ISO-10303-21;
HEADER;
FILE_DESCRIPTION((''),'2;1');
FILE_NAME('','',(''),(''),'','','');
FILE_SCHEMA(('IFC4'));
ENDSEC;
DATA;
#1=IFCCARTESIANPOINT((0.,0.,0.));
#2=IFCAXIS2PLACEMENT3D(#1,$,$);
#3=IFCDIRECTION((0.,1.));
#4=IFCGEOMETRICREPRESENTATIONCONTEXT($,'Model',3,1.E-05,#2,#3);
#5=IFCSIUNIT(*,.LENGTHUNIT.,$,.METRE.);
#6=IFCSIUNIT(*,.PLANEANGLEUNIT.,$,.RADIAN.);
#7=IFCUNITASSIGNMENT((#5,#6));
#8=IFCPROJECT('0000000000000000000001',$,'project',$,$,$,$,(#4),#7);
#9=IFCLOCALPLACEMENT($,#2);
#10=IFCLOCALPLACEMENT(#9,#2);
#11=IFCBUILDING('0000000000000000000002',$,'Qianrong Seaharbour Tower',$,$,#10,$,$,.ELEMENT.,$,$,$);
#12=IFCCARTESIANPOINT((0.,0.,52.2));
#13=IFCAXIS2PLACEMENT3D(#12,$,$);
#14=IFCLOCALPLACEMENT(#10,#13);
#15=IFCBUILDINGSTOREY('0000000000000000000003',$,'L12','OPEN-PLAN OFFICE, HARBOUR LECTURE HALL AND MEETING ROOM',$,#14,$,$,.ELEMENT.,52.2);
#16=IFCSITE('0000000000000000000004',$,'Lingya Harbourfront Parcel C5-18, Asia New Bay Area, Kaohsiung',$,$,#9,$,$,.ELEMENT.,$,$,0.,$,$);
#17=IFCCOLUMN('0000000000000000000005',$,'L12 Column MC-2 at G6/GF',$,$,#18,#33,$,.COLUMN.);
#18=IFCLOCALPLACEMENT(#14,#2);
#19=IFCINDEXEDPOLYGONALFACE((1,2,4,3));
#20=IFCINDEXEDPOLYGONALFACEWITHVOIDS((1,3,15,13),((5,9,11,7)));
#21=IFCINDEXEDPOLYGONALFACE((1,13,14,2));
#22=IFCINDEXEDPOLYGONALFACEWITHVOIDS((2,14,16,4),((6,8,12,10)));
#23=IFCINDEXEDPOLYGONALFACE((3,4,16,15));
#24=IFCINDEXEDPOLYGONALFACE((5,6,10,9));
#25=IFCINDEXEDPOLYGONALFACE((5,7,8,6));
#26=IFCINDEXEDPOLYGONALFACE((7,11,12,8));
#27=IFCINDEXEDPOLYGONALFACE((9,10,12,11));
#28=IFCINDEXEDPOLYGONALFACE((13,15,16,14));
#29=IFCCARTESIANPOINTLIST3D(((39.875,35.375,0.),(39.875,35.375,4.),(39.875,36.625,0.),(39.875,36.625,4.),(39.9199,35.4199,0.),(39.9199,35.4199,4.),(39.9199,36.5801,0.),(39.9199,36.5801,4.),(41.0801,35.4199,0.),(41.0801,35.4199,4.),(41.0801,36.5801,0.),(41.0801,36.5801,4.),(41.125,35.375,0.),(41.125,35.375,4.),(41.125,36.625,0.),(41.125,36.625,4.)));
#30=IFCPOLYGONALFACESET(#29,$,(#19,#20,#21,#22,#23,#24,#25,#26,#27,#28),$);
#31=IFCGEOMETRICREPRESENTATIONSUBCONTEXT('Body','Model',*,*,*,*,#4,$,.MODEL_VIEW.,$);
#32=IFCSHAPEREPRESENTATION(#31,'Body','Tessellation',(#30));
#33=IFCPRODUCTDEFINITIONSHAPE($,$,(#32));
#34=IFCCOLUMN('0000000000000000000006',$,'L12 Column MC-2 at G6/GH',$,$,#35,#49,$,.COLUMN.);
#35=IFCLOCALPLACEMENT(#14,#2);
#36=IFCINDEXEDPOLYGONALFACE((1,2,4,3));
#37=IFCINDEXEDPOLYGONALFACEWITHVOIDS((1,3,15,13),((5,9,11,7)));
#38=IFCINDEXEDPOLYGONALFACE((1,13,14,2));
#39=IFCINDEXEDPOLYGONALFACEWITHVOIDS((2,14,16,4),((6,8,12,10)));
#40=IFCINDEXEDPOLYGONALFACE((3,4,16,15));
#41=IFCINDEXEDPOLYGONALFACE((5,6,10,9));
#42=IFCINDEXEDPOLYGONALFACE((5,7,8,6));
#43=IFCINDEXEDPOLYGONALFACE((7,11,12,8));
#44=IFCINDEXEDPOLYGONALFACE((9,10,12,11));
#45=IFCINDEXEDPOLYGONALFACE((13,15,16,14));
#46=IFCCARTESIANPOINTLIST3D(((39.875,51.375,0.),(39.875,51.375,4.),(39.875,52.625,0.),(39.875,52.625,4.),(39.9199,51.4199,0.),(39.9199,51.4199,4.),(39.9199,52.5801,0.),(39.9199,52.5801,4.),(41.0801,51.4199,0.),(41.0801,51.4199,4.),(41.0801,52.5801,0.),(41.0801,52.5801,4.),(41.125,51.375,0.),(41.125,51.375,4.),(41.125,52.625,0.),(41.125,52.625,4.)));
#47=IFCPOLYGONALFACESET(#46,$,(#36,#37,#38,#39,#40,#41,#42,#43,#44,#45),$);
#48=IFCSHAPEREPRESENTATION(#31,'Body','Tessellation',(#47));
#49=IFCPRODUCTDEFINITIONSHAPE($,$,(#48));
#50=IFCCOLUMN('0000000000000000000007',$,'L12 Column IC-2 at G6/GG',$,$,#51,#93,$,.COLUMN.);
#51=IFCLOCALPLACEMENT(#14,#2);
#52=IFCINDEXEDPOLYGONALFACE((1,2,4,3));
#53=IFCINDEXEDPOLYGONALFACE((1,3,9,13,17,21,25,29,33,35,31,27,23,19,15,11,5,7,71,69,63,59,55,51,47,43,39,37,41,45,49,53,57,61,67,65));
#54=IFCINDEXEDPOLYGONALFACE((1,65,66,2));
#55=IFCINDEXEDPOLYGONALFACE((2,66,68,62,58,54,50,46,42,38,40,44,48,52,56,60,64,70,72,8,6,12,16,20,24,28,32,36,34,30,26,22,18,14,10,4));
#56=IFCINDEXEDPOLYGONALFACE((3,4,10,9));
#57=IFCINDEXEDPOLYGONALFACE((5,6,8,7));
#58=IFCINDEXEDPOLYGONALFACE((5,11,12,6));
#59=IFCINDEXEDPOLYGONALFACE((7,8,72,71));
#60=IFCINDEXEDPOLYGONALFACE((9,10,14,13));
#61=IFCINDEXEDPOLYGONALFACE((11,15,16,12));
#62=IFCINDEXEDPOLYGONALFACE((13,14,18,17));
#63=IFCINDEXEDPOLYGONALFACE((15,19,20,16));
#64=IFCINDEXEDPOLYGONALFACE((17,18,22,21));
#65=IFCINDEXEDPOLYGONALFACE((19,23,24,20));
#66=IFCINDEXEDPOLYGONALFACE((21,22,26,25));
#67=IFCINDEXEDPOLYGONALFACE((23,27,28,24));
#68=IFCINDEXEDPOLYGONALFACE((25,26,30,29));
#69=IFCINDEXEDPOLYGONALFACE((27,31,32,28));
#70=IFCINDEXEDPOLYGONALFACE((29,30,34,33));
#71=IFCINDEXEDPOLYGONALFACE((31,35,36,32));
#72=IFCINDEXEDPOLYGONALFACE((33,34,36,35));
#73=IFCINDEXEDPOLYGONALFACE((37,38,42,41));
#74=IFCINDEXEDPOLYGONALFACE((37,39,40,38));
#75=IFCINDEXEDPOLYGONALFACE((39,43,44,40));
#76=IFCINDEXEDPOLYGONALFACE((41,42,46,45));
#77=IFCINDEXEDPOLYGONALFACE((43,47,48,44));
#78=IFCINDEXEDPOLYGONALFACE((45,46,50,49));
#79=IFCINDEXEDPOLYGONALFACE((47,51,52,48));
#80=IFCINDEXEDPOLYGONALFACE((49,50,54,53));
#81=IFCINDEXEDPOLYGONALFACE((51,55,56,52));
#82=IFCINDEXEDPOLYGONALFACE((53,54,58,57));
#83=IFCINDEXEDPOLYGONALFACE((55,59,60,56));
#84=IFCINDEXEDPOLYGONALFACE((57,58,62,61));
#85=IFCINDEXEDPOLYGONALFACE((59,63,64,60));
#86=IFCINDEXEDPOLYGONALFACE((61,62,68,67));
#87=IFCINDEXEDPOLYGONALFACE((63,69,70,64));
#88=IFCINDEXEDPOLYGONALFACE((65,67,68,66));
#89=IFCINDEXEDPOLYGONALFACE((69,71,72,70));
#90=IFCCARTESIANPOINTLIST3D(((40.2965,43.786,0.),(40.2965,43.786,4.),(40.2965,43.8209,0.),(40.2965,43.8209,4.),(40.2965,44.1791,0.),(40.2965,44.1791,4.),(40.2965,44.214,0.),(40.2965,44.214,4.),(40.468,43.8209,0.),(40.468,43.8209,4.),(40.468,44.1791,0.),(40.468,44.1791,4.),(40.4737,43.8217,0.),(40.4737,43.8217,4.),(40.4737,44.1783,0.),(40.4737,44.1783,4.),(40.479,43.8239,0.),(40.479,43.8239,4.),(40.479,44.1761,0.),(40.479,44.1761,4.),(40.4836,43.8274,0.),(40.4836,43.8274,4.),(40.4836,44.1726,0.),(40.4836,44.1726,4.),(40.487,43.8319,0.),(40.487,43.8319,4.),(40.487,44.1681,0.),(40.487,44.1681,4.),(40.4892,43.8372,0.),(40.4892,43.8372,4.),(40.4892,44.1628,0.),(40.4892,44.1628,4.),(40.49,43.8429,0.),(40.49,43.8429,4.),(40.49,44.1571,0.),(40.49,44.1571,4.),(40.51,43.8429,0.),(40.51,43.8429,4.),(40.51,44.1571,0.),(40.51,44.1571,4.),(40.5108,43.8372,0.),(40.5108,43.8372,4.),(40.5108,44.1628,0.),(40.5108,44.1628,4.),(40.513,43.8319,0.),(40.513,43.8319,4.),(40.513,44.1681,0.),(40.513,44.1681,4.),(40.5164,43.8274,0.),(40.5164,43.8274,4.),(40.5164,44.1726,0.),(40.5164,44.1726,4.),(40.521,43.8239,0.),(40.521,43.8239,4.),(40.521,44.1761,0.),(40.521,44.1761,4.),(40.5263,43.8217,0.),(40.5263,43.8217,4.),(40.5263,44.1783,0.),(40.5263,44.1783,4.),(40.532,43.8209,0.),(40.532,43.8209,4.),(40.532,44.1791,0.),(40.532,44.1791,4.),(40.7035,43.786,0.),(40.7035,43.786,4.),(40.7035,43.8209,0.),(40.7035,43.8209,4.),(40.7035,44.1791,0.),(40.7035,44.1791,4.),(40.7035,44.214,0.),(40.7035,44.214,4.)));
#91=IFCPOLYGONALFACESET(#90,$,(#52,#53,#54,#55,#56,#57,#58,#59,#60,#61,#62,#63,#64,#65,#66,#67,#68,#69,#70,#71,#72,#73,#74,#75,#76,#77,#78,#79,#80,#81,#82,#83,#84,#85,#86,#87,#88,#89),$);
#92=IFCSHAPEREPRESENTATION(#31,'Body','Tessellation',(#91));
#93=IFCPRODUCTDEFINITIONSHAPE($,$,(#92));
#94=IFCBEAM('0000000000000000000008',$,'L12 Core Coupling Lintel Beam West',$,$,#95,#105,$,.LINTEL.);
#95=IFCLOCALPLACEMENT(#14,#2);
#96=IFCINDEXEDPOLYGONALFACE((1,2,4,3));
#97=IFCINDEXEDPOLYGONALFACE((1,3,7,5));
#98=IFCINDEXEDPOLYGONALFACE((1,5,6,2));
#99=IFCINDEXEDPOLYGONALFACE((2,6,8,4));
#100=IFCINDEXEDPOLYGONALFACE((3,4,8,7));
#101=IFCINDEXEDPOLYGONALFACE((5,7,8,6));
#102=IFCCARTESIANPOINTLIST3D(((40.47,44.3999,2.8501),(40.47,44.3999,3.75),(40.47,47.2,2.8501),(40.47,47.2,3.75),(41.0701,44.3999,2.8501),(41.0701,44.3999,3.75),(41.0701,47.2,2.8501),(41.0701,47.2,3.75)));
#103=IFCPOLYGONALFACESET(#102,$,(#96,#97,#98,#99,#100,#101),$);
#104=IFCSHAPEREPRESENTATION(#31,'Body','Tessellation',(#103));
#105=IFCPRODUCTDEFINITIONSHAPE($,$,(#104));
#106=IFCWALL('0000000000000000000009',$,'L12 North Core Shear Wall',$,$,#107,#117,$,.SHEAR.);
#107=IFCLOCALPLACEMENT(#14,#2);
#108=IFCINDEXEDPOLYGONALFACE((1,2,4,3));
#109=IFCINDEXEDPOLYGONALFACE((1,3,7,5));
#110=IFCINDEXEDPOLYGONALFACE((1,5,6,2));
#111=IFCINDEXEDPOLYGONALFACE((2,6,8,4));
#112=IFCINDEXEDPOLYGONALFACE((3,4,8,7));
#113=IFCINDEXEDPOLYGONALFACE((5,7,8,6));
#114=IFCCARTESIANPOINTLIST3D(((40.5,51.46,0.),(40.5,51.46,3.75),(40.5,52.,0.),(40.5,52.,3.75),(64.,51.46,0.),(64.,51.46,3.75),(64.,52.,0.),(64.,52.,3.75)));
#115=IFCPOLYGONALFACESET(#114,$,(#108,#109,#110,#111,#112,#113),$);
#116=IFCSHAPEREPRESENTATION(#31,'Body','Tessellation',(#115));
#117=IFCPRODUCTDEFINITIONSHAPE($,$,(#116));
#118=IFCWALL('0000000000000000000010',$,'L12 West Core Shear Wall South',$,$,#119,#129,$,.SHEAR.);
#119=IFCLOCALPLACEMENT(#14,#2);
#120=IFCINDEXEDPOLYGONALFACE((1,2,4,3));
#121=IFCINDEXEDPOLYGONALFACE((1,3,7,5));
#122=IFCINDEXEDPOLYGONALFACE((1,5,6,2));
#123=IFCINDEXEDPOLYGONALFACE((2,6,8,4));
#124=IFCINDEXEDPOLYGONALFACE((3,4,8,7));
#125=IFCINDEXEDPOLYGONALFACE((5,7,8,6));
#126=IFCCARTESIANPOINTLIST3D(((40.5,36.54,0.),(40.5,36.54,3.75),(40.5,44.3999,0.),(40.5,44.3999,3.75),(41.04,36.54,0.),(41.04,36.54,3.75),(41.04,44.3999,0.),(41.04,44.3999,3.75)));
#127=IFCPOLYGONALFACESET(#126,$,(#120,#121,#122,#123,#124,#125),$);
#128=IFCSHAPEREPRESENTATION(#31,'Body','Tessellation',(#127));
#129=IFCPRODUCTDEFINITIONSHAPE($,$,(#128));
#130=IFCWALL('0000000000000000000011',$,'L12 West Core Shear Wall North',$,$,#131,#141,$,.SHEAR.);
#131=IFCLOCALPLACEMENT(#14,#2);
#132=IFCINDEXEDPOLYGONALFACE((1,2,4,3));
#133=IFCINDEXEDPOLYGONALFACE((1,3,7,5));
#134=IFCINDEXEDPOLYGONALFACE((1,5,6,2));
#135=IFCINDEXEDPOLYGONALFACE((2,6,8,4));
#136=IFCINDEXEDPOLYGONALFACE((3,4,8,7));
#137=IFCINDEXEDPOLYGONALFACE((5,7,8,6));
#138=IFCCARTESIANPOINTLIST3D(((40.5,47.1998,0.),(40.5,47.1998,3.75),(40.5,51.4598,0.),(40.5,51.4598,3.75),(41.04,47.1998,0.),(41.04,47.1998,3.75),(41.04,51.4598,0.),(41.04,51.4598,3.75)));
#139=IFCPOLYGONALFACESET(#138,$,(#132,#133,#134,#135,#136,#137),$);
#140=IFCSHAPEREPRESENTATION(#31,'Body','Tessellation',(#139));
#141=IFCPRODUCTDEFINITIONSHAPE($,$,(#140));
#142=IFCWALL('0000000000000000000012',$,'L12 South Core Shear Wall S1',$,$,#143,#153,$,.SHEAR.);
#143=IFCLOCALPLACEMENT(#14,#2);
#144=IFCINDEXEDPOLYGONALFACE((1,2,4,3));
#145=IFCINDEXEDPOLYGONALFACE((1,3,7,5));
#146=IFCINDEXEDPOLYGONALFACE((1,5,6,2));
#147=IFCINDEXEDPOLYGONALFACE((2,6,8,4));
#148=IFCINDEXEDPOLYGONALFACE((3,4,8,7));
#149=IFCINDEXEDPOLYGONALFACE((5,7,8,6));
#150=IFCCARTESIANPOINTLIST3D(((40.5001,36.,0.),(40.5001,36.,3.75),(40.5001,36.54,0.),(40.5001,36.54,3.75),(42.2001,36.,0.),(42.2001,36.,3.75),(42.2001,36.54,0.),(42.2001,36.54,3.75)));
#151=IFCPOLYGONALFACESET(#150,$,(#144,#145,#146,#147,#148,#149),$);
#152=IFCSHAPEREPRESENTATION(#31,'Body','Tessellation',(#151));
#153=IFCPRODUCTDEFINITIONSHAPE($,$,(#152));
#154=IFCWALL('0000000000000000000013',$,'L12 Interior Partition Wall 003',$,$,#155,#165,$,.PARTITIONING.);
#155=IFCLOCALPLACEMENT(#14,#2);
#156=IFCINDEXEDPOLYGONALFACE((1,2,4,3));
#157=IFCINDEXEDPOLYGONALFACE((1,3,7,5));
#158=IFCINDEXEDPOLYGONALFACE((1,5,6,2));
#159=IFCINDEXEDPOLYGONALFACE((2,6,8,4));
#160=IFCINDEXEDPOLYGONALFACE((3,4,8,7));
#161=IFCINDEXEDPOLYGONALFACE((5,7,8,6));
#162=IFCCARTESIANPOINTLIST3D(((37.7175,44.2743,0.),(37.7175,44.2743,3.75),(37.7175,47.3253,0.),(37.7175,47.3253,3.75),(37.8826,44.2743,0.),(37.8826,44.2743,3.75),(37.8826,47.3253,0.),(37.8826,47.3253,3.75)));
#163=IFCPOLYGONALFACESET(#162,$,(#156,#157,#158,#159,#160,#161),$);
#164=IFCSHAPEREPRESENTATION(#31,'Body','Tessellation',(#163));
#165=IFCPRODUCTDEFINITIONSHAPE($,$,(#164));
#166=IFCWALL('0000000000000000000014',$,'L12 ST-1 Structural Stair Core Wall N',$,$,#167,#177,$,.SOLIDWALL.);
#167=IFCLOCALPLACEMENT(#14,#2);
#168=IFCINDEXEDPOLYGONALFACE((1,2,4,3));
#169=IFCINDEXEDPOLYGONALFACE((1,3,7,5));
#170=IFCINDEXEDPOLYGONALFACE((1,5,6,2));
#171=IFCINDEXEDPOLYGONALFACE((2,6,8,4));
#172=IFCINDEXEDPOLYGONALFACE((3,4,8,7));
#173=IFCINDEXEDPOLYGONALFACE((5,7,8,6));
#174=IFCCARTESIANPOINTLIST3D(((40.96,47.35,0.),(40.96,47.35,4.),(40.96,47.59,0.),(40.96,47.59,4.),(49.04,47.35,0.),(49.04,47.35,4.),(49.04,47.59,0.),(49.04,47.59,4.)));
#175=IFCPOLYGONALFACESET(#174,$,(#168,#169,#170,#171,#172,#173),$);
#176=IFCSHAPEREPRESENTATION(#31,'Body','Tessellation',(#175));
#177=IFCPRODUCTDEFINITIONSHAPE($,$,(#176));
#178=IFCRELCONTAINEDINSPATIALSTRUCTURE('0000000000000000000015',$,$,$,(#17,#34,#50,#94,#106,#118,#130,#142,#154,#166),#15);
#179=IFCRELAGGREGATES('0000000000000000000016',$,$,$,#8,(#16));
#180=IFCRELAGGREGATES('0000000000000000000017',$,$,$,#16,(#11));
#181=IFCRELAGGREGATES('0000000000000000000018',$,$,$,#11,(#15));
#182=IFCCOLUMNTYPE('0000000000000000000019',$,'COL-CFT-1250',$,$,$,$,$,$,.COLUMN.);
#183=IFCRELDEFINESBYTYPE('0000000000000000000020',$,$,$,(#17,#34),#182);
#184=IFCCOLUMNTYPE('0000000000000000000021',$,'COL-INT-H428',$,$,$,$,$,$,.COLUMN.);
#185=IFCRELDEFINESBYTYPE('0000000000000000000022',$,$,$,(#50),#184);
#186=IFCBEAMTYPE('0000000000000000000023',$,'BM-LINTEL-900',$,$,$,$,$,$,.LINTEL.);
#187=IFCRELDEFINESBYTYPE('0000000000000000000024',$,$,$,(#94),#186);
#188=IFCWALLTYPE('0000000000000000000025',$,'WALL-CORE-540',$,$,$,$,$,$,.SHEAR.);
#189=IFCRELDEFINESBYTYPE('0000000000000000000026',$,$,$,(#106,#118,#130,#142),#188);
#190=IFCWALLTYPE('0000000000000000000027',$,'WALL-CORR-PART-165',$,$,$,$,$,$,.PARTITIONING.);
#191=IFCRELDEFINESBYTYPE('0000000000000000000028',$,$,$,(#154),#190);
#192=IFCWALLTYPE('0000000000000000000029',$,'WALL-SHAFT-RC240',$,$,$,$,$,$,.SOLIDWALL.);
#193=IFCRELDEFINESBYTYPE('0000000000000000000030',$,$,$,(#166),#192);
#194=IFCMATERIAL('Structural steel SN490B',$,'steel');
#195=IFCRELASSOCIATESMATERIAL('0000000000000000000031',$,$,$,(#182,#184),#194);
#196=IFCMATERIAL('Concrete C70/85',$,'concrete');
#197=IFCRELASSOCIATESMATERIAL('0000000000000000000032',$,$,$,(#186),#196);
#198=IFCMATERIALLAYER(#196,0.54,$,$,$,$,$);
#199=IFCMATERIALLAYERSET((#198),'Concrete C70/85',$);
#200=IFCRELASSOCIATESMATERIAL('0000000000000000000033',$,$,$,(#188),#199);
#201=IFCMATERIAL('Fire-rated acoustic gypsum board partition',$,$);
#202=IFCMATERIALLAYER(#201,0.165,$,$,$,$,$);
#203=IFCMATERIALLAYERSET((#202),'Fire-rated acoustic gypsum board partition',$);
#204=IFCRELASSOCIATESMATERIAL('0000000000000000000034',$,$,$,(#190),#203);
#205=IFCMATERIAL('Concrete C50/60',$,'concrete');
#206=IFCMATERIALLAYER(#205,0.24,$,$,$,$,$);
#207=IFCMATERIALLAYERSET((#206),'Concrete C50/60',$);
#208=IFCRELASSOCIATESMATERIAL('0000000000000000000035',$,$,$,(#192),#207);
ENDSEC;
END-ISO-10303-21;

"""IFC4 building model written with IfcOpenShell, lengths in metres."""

from ifc_helpers import new_model, si_unit, direction, frame, frame_2d, origin, origin_2d, place, context, subcontext, project, spatial, rectangle, hollow_rectangle, i_section, extrude, material, layer, layer_set, material_profile, profile_set, type_object, element, save


model = new_model("IFC4")

# Units and contexts
model_context = context("Model", 3, precision=1e-05, world=origin(), true_north=direction((0.0, 1.0)))
body_context = subcontext(model_context, "Body", "Model", "MODEL_VIEW")
ifc_project = project(units=[si_unit("LENGTHUNIT", "METRE"), si_unit("PLANEANGLEUNIT", "RADIAN")], contexts=[model_context])

# Site, building, storey
site_placement = place(None, origin())
site = spatial("IfcSite", under=ifc_project, at=site_placement, Name="Lingya Harbourfront Parcel C5-18, Asia New Bay Area, Kaohsiung", CompositionType="ELEMENT", RefElevation=0.0)
building_placement = place(site_placement, origin())
building = spatial("IfcBuilding", under=site, at=building_placement, Name="Qianrong Seaharbour Tower", CompositionType="ELEMENT")
storey_placement = place(building_placement, frame((0.0, 0.0, 52.2)))
storey = spatial("IfcBuildingStorey", under=building, at=storey_placement, Name="L12", Description="OPEN-PLAN OFFICE, HARBOUR LECTURE HALL AND MEETING ROOM", CompositionType="ELEMENT", Elevation=52.2)

# Columns
ifc_material_1 = material(Name="Structural steel SN490B", Category="steel")
ifc_material_profile_1 = material_profile(ifc_material_1, hollow_rectangle(XDim=1.25, YDim=1.25, WallThickness=0.0449, at=origin_2d()), Name="BOX1250x1250x45")
ifc_profile_set_1 = profile_set([ifc_material_profile_1], Name="Structural steel SN490B")
column_type_1 = type_object("IfcColumnType", Name="COL-CFT-1250", PredefinedType="COLUMN", material=ifc_profile_set_1)
for number, where, z_axis, x_axis, name in (
    (1, (40.5, 36.0, 0.0), (0.0, 0.0, 1.0), (1.0, 0.0, 0.0), "L12 Column MC-2 at G6/GF"),
    (2, (40.5, 52.0, 0.0), (0.0, 0.0, 1.0), (1.0, 0.0, 0.0), "L12 Column MC-2 at G6/GH"),
):
    element("IfcColumn", number, at=place(storey_placement, frame(where, z_axis=z_axis, x_axis=x_axis)), inside=storey, type_object=column_type_1, Name=name, PredefinedType="COLUMN", context=body_context, shape_type="SweptSolid", body=[
        extrude(hollow_rectangle(XDim=1.25, YDim=1.25, WallThickness=0.0449, at=origin_2d()), origin(), (0.0, 0.0, 1.0), 4.0),
    ])
ifc_material_profile_2 = material_profile(ifc_material_1, i_section(OverallWidth=0.407, OverallDepth=0.428, WebThickness=0.02, FlangeThickness=0.0349, FilletRadius=0.022, at=origin_2d()), Name="H428x407x20x35")
ifc_profile_set_2 = profile_set([ifc_material_profile_2], Name="Structural steel SN490B")
column_type_2 = type_object("IfcColumnType", Name="COL-INT-H428", PredefinedType="COLUMN", material=ifc_profile_set_2)
column_placement = place(storey_placement, frame((40.5, 44.0, 0.0), z_axis=(0.0, 0.0, 1.0), x_axis=(1.0, 0.0, 0.0)))
element("IfcColumn", 3, at=column_placement, inside=storey, type_object=column_type_2, Name="L12 Column IC-2 at G6/GG", PredefinedType="COLUMN", context=body_context, shape_type="SweptSolid", body=[
    extrude(i_section(OverallWidth=0.407, OverallDepth=0.428, WebThickness=0.02, FlangeThickness=0.0349, FilletRadius=0.022, at=origin_2d()), origin(), (0.0, 0.0, 1.0), 4.0),
])

# Beam
ifc_material_2 = material(Name="Concrete C70/85", Category="concrete")
ifc_material_profile_3 = material_profile(ifc_material_2, rectangle(XDim=0.6001, YDim=0.8999, at=origin_2d()), Name="RC600x900")
ifc_profile_set_3 = profile_set([ifc_material_profile_3], Name="Concrete C70/85")
beam_type = type_object("IfcBeamType", Name="BM-LINTEL-900", PredefinedType="LINTEL", material=ifc_profile_set_3)
beam_placement = place(storey_placement, frame((40.77, 44.3999, 3.3), z_axis=(0.0, 1.0, 0.0), x_axis=(-1.0, 0.0, 0.0)))
element("IfcBeam", 4, at=beam_placement, inside=storey, type_object=beam_type, Name="L12 Core Coupling Lintel Beam West", PredefinedType="LINTEL", context=body_context, shape_type="SweptSolid", body=[
    extrude(rectangle(XDim=0.6001, YDim=0.8999, at=origin_2d()), origin(), (0.0, 0.0, 1.0), 2.8),
])

# Walls
ifc_layer_1 = layer(ifc_material_2, 0.54)
ifc_layer_set_1 = layer_set([ifc_layer_1], Name="Concrete C70/85")
wall_type_1 = type_object("IfcWallType", Name="WALL-CORE-540", PredefinedType="SHEAR", material=ifc_layer_set_1)
wall_1_placement = place(storey_placement, frame((40.5, 51.73, 0.0), z_axis=(0.0, 0.0, 1.0), x_axis=(1.0, 0.0, 0.0)))
element("IfcWall", 5, at=wall_1_placement, inside=storey, type_object=wall_type_1, Name="L12 North Core Shear Wall", PredefinedType="SHEAR", context=body_context, shape_type="SweptSolid", body=[
    extrude(rectangle(XDim=23.5, YDim=0.54, at=frame_2d((11.75, 0.0))), origin(), (0.0, 0.0, 1.0), 3.75),
])
wall_2_placement = place(storey_placement, frame((40.77, 36.54, 0.0), z_axis=(0.0, 0.0, 1.0), x_axis=(0.0, 1.0, 0.0)))
element("IfcWall", 6, at=wall_2_placement, inside=storey, type_object=wall_type_1, Name="L12 West Core Shear Wall South", PredefinedType="SHEAR", context=body_context, shape_type="SweptSolid", body=[
    extrude(rectangle(XDim=7.8599, YDim=0.54, at=frame_2d((3.9299, 0.0))), origin(), (0.0, 0.0, 1.0), 3.75),
])
wall_3_placement = place(storey_placement, frame((40.77, 47.2, 0.0), z_axis=(0.0, 0.0, 1.0), x_axis=(0.0, 1.0, 0.0)))
element("IfcWall", 7, at=wall_3_placement, inside=storey, type_object=wall_type_1, Name="L12 West Core Shear Wall North", PredefinedType="SHEAR", context=body_context, shape_type="SweptSolid", body=[
    extrude(rectangle(XDim=4.26, YDim=0.54, at=frame_2d((2.1299, 0.0))), origin(), (0.0, 0.0, 1.0), 3.75),
])
wall_4_placement = place(storey_placement, frame((40.5, 36.27, 0.0), z_axis=(0.0, 0.0, 1.0), x_axis=(1.0, 0.0, 0.0)))
element("IfcWall", 8, at=wall_4_placement, inside=storey, type_object=wall_type_1, Name="L12 South Core Shear Wall S1", PredefinedType="SHEAR", context=body_context, shape_type="SweptSolid", body=[
    extrude(rectangle(XDim=1.7, YDim=0.54, at=frame_2d((0.8501, 0.0))), origin(), (0.0, 0.0, 1.0), 3.75),
])

# Shared definitions
ifc_material_3 = material(Name="Fire-rated acoustic gypsum board partition")
ifc_layer_2 = layer(ifc_material_3, 0.165)
ifc_layer_set_2 = layer_set([ifc_layer_2], Name="Fire-rated acoustic gypsum board partition")
wall_type_2 = type_object("IfcWallType", Name="WALL-CORR-PART-165", PredefinedType="PARTITIONING", material=ifc_layer_set_2)

# Walls
wall_5_placement = place(storey_placement, frame((37.8, 44.2744, 0.0), z_axis=(0.0, 0.0, 1.0), x_axis=(0.0, 1.0, 0.0)))
element("IfcWall", 9, at=wall_5_placement, inside=storey, type_object=wall_type_2, Name="L12 Interior Partition Wall 003", PredefinedType="PARTITIONING", context=body_context, shape_type="SweptSolid", body=[
    extrude(rectangle(XDim=3.051, YDim=0.165, at=frame_2d((1.5254, 0.0))), origin(), (0.0, 0.0, 1.0), 3.75),
])
ifc_material_4 = material(Name="Concrete C50/60", Category="concrete")
ifc_layer_3 = layer(ifc_material_4, 0.24)
ifc_layer_set_3 = layer_set([ifc_layer_3], Name="Concrete C50/60")
wall_type_3 = type_object("IfcWallType", Name="WALL-SHAFT-RC240", PredefinedType="SOLIDWALL", material=ifc_layer_set_3)
wall_6_placement = place(storey_placement, frame((40.96, 47.47, 0.0), z_axis=(0.0, 0.0, 1.0), x_axis=(1.0, 0.0, 0.0)))
element("IfcWall", 10, at=wall_6_placement, inside=storey, type_object=wall_type_3, Name="L12 ST-1 Structural Stair Core Wall N", PredefinedType="SOLIDWALL", context=body_context, shape_type="SweptSolid", body=[
    extrude(rectangle(XDim=8.0801, YDim=0.24, at=frame_2d((4.04, 0.0))), origin(), (0.0, 0.0, 1.0), 4.0),
])

save(model, "model.ifc")
